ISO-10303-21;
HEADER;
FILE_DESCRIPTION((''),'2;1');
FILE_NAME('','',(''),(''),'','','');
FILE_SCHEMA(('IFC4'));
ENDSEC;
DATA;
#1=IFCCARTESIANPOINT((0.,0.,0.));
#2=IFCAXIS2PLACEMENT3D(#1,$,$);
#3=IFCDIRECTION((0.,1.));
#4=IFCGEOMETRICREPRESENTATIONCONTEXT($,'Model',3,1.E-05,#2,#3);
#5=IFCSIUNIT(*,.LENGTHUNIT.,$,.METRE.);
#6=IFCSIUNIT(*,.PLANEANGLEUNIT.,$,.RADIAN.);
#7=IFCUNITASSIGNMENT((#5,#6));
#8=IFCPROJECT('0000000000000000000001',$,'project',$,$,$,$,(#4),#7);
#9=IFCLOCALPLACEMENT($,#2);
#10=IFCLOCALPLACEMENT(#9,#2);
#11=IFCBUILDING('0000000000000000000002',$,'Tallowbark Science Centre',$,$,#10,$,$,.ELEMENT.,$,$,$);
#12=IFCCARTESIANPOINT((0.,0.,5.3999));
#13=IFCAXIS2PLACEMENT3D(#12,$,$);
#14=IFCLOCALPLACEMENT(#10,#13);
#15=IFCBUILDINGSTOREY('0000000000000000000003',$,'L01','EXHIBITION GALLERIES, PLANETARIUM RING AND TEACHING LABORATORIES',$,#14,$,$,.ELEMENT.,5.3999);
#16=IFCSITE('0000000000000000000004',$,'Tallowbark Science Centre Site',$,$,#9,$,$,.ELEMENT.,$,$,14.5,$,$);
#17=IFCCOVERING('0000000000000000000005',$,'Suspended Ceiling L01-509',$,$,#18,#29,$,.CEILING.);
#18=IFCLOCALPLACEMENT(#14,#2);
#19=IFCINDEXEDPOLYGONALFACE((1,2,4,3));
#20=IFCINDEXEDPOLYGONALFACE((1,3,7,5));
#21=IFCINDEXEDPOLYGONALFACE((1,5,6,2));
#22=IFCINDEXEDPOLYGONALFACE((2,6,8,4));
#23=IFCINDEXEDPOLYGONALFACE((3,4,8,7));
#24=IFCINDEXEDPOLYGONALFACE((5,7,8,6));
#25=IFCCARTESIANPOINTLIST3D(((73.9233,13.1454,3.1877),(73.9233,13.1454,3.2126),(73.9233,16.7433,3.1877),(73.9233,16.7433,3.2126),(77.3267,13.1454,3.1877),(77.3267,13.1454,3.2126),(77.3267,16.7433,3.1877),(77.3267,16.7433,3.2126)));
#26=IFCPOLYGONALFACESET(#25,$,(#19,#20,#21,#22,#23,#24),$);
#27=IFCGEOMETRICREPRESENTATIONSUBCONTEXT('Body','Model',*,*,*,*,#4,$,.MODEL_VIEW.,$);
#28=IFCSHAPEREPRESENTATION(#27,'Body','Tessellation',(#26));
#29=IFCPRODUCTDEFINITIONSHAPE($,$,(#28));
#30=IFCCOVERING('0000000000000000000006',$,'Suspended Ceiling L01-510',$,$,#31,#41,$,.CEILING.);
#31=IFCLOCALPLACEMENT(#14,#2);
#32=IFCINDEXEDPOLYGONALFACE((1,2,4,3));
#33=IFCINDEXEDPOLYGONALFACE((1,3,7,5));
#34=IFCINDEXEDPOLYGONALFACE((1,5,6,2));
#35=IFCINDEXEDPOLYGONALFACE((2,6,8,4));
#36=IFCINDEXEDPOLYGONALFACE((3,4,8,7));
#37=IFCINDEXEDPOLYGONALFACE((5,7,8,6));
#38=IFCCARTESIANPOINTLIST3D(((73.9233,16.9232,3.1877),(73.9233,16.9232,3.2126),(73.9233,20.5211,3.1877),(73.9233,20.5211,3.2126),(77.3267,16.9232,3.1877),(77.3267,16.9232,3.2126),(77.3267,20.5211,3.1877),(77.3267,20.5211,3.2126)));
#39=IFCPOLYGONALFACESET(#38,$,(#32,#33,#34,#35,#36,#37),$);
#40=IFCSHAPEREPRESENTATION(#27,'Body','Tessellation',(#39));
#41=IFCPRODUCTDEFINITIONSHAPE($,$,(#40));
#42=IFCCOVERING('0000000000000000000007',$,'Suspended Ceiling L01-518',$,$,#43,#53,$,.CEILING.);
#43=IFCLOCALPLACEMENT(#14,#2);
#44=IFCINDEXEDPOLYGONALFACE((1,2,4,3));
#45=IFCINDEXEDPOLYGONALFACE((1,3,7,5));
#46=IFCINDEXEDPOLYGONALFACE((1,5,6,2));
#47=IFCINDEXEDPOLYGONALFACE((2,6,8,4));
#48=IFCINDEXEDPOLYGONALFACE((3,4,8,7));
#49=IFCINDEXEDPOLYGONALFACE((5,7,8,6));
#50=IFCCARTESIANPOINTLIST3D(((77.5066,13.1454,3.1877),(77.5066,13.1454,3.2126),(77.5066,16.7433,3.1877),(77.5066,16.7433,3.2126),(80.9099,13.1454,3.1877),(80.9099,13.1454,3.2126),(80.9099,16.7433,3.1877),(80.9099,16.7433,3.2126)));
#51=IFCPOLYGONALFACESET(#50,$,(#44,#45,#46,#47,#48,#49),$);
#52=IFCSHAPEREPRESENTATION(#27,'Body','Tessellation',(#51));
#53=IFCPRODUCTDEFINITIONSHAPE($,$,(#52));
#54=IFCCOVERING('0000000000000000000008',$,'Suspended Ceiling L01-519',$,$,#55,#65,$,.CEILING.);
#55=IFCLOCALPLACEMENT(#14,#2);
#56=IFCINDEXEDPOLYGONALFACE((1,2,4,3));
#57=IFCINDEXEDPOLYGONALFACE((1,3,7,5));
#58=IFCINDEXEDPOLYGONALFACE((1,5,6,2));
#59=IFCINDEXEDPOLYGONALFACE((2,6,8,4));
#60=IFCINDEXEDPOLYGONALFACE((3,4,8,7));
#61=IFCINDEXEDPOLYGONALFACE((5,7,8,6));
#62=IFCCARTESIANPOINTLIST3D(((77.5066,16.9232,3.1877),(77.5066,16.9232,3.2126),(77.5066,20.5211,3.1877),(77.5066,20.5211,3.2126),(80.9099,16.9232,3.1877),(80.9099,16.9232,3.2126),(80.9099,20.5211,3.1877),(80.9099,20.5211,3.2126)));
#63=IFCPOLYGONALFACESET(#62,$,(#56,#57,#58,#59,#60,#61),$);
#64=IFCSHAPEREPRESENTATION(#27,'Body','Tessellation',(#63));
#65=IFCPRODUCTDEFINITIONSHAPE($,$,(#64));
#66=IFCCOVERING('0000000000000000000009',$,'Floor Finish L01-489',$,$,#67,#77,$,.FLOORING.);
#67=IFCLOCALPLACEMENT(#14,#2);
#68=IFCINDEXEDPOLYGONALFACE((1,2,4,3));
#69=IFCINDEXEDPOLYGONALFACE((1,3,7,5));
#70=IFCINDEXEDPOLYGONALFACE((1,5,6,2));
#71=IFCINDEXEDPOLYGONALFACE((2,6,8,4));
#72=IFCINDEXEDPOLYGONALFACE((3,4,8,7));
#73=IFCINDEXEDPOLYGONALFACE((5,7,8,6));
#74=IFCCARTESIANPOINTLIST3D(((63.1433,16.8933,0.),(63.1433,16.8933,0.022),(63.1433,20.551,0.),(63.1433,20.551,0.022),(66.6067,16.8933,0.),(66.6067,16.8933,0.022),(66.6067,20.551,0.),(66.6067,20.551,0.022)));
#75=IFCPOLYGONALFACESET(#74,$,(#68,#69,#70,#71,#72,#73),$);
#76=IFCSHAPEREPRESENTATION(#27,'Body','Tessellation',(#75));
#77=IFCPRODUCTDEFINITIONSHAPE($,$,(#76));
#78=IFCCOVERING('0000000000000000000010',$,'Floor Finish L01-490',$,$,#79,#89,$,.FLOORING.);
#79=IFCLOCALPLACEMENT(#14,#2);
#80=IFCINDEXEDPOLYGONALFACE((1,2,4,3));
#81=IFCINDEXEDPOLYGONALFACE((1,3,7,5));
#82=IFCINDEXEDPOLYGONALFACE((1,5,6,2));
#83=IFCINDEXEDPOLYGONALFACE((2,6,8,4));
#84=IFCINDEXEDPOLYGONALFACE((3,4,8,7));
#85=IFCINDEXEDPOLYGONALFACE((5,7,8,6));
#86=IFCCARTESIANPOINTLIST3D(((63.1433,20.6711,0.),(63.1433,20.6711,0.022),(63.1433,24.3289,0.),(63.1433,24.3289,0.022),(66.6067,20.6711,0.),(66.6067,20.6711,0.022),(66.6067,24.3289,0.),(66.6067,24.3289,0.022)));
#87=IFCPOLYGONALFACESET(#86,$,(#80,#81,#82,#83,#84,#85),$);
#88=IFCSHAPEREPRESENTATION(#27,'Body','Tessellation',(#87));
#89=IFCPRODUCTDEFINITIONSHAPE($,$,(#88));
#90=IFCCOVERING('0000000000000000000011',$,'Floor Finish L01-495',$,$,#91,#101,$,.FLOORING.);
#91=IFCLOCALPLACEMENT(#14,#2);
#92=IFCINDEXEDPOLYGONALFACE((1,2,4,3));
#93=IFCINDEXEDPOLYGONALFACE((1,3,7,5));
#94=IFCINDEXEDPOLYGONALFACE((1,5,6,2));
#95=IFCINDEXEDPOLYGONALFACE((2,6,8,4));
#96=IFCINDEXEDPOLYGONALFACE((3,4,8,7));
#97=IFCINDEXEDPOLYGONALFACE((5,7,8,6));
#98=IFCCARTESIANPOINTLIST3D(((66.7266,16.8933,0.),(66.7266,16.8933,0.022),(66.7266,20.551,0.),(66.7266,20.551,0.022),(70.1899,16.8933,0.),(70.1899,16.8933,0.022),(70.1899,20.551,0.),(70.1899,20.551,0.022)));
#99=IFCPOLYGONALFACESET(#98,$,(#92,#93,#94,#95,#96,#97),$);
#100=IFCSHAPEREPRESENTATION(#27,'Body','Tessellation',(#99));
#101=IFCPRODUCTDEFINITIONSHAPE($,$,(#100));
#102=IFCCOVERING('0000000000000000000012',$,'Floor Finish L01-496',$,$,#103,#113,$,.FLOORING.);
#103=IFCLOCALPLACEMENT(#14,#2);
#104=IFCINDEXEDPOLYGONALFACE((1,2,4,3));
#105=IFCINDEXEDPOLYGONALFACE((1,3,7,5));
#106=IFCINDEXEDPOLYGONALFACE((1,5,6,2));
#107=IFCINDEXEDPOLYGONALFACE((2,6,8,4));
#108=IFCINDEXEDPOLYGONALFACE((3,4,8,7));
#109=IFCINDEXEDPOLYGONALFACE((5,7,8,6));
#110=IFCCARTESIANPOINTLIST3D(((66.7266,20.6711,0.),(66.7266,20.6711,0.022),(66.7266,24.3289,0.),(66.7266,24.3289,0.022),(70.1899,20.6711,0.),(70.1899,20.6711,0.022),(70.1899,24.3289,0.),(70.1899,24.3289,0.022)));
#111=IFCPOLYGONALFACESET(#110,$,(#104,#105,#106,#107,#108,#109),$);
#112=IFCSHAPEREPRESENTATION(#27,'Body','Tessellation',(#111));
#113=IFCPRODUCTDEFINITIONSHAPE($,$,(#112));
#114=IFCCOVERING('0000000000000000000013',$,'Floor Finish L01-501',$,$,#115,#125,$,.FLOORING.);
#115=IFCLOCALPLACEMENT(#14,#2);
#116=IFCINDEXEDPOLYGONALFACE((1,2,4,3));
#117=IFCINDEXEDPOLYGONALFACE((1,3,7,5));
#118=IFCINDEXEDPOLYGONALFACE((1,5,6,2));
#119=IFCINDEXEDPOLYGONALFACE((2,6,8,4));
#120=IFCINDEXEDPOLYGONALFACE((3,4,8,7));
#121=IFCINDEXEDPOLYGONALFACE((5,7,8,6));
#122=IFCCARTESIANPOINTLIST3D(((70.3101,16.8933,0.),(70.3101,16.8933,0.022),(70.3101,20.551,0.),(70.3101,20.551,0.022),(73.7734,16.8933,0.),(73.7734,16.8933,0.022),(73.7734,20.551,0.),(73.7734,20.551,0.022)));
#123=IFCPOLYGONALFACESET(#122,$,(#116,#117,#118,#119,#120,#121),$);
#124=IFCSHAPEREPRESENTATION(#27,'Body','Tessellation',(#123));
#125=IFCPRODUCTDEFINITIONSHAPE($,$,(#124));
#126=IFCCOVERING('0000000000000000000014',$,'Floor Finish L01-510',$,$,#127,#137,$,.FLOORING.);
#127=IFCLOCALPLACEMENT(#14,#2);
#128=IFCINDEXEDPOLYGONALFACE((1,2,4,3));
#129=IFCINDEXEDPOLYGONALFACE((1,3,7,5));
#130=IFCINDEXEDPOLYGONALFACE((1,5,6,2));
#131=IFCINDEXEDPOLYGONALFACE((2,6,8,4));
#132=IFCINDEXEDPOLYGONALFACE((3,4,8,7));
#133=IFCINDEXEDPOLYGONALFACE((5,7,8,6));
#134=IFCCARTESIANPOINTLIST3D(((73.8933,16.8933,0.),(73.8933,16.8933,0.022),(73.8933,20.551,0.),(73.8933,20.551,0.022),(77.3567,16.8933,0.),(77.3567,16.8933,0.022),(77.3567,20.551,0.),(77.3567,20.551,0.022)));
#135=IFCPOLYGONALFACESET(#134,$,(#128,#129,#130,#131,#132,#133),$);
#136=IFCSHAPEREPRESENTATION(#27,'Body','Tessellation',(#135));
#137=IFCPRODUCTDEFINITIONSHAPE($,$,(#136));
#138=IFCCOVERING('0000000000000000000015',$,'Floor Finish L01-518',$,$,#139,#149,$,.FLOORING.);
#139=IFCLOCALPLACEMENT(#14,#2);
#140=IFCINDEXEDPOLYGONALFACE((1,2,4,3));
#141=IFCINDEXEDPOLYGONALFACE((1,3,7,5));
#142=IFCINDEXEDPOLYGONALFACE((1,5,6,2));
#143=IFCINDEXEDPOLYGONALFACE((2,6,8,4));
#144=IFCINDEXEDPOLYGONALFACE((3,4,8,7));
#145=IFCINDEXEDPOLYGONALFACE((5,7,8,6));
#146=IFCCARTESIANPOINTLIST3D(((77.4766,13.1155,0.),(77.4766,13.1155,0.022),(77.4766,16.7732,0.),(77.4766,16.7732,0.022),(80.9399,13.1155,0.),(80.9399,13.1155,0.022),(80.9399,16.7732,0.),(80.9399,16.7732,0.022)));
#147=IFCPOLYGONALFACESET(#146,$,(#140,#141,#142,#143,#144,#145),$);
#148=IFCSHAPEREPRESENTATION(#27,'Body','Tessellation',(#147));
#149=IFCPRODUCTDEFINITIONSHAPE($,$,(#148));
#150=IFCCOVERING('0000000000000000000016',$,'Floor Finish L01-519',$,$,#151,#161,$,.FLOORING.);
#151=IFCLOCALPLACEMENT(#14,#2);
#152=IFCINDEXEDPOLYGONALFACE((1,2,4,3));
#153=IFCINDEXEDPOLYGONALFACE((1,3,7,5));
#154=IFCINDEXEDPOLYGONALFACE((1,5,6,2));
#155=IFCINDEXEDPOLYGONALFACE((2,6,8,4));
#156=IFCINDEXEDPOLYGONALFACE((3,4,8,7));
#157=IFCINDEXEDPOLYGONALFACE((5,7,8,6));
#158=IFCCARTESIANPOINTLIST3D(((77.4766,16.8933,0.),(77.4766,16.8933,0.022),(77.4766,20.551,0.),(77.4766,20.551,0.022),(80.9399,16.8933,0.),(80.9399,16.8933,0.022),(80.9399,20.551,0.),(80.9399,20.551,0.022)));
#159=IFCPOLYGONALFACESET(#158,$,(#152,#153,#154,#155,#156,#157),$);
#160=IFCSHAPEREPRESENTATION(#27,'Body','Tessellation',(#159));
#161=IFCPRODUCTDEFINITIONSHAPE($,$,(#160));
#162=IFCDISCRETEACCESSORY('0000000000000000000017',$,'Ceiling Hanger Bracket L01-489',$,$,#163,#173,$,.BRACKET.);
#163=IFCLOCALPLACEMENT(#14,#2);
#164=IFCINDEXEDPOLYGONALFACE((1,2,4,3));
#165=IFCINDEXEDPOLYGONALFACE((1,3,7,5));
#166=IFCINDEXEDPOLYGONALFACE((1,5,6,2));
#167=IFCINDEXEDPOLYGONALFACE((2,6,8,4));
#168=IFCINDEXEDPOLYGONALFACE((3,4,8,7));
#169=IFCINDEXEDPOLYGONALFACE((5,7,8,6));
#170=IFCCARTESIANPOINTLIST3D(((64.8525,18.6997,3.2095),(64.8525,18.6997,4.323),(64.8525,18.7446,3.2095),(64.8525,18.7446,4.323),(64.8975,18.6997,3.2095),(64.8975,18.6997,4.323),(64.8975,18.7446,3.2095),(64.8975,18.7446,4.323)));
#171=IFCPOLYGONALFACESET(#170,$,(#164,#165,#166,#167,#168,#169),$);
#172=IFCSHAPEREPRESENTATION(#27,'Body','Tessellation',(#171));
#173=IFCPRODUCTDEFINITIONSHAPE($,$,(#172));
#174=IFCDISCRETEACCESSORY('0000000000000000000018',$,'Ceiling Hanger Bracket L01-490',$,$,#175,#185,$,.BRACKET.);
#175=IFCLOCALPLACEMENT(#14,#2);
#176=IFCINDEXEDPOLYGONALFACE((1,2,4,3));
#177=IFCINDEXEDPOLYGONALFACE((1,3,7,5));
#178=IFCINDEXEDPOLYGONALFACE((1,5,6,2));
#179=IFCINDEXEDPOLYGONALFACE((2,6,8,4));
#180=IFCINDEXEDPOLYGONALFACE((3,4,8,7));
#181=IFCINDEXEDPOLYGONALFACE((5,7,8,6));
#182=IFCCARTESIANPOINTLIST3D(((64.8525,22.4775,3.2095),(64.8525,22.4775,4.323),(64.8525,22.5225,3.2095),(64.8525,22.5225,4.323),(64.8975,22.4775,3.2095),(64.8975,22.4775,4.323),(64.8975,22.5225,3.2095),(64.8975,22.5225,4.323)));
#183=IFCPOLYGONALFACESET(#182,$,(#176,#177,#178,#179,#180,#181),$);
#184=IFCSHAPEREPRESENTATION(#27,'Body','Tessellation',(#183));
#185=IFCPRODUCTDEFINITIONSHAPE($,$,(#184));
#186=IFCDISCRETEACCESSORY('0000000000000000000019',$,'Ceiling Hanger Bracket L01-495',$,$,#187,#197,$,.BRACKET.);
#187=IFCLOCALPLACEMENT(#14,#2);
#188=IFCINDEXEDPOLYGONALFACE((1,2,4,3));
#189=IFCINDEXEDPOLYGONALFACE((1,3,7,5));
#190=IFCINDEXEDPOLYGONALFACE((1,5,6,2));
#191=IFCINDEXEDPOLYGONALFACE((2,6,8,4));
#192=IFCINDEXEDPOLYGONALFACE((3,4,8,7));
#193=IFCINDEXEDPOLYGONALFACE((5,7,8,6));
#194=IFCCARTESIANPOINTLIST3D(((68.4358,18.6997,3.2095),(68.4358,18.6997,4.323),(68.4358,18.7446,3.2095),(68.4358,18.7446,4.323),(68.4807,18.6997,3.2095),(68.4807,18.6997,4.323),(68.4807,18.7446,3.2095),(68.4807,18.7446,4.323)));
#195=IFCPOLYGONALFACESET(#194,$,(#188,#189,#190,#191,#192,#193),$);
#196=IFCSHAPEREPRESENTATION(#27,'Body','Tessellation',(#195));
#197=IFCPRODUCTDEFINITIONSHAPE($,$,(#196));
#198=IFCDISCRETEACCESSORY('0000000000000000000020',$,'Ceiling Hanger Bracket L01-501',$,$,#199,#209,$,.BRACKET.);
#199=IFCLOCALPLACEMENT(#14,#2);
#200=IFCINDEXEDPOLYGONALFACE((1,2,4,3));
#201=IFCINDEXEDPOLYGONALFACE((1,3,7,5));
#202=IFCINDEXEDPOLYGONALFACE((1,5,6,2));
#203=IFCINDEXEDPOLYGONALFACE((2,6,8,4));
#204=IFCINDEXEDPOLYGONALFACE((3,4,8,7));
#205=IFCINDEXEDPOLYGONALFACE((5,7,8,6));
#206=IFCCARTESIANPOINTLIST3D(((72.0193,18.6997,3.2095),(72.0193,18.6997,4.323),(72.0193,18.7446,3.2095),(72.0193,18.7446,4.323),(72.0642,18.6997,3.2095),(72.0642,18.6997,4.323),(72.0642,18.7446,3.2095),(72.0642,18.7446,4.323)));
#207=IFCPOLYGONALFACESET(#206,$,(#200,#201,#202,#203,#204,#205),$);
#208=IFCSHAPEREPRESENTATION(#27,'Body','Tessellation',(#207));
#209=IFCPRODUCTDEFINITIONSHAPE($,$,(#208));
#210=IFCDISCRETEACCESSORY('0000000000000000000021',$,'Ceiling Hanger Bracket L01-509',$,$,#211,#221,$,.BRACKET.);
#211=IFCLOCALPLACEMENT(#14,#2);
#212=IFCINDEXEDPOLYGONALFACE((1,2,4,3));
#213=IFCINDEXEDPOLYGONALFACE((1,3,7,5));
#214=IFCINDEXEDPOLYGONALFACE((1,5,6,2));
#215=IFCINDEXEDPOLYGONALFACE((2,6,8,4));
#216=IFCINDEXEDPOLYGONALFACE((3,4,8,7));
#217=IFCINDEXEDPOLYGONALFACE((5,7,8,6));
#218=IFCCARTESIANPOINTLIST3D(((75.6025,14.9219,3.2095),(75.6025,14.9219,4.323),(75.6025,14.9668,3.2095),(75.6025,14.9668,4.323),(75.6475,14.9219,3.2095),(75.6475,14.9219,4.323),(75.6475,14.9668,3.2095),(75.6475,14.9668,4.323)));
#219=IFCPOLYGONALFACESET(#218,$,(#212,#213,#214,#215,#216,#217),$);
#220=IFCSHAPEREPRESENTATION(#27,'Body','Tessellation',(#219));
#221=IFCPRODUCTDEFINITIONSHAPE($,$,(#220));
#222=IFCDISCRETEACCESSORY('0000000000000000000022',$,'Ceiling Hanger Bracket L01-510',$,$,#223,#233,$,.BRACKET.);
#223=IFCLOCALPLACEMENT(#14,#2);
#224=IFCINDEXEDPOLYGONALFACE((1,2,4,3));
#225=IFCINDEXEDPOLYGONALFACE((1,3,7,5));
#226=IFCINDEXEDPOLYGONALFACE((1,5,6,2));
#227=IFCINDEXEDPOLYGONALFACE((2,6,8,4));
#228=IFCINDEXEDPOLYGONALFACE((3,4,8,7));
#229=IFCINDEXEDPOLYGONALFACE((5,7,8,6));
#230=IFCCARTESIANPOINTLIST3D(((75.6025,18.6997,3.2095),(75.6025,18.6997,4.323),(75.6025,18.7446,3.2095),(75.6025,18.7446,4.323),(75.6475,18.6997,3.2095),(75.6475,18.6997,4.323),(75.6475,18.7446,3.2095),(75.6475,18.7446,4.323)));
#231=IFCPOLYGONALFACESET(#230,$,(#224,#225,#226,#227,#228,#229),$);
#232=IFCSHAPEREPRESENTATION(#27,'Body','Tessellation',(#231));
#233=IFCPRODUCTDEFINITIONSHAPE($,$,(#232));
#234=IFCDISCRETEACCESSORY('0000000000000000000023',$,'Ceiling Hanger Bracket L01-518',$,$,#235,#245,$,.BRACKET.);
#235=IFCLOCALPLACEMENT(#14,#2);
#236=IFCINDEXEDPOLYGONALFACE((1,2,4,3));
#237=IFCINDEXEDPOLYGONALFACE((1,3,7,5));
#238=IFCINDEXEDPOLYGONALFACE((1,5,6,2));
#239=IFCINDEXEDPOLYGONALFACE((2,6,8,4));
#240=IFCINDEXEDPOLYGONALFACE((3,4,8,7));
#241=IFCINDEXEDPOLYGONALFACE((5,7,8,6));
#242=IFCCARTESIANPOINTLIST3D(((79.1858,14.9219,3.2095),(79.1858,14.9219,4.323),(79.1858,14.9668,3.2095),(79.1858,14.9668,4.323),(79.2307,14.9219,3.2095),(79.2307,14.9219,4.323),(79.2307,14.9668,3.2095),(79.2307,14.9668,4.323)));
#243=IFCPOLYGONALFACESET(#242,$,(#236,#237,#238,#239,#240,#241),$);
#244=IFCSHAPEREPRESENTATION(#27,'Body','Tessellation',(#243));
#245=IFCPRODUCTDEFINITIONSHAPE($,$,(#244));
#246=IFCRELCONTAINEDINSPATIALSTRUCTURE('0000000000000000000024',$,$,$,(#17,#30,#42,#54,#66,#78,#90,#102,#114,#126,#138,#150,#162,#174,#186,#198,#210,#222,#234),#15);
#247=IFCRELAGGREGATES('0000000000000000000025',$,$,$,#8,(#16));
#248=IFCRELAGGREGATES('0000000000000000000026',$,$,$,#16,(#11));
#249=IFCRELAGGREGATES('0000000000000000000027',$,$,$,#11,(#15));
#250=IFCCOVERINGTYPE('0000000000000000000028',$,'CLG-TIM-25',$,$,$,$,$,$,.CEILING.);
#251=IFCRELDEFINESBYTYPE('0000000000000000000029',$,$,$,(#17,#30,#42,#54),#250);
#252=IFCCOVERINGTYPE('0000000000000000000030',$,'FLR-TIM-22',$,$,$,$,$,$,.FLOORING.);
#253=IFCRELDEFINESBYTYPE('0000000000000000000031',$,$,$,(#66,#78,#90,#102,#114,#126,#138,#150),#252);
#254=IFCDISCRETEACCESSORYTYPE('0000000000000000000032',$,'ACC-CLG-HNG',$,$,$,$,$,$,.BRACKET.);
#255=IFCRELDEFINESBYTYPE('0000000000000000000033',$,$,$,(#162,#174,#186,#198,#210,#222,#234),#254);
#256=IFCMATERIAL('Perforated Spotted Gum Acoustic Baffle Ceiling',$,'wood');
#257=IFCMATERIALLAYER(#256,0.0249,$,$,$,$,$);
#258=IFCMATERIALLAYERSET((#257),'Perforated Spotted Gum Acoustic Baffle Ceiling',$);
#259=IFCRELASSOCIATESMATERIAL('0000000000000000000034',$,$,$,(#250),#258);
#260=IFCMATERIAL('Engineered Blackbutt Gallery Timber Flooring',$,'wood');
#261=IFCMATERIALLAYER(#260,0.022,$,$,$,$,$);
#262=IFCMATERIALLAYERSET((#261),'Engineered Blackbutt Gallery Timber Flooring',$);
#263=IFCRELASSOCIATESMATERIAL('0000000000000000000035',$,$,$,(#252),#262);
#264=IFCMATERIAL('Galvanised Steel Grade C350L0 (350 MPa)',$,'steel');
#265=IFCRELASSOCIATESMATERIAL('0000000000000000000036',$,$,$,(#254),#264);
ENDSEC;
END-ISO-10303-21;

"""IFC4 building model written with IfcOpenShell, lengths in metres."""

from ifc_helpers import new_model, si_unit, direction, frame, origin, origin_2d, place, context, subcontext, project, spatial, rectangle, extrude, material, layer, layer_set, type_object, element, save


model = new_model("IFC4")

# Units and contexts
model_context = context("Model", 3, precision=1e-05, world=origin(), true_north=direction((0.0, 1.0)))
body_context = subcontext(model_context, "Body", "Model", "MODEL_VIEW")
ifc_project = project(units=[si_unit("LENGTHUNIT", "METRE"), si_unit("PLANEANGLEUNIT", "RADIAN")], contexts=[model_context])

# Site, building, storey
site_placement = place(None, origin())
site = spatial("IfcSite", under=ifc_project, at=site_placement, Name="Tallowbark Science Centre Site", CompositionType="ELEMENT", RefElevation=14.5)
building_placement = place(site_placement, origin())
building = spatial("IfcBuilding", under=site, at=building_placement, Name="Tallowbark Science Centre", CompositionType="ELEMENT")
storey_placement = place(building_placement, frame((0.0, 0.0, 5.3999)))
storey = spatial("IfcBuildingStorey", under=building, at=storey_placement, Name="L01", Description="EXHIBITION GALLERIES, PLANETARIUM RING AND TEACHING LABORATORIES", CompositionType="ELEMENT", Elevation=5.3999)

# Coverings
ifc_material_1 = material(Name="Perforated Spotted Gum Acoustic Baffle Ceiling", Category="wood")
ifc_layer_1 = layer(ifc_material_1, 0.0249)
ifc_layer_set_1 = layer_set([ifc_layer_1], Name="Perforated Spotted Gum Acoustic Baffle Ceiling")
covering_type_1 = type_object("IfcCoveringType", Name="CLG-TIM-25", PredefinedType="CEILING", material=ifc_layer_set_1)
for number, where, z_axis, x_axis, name in (
    (1, (75.625, 14.9443, 3.1877), (0.0, 0.0, 1.0), (1.0, 0.0, 0.0), "Suspended Ceiling L01-509"),
    (2, (75.625, 18.7222, 3.1877), (0.0, 0.0, 1.0), (1.0, 0.0, 0.0), "Suspended Ceiling L01-510"),
    (3, (79.2083, 14.9443, 3.1877), (0.0, 0.0, 1.0), (1.0, 0.0, 0.0), "Suspended Ceiling L01-518"),
    (4, (79.2083, 18.7222, 3.1877), (0.0, 0.0, 1.0), (1.0, 0.0, 0.0), "Suspended Ceiling L01-519"),
):
    element("IfcCovering", number, at=place(storey_placement, frame(where, z_axis=z_axis, x_axis=x_axis)), inside=storey, type_object=covering_type_1, Name=name, PredefinedType="CEILING", context=body_context, shape_type="SweptSolid", body=[
        extrude(rectangle(XDim=3.4033, YDim=3.5979, at=origin_2d()), origin(), (0.0, 0.0, 1.0), 0.0249),
    ])
ifc_material_2 = material(Name="Engineered Blackbutt Gallery Timber Flooring", Category="wood")
ifc_layer_2 = layer(ifc_material_2, 0.022)
ifc_layer_set_2 = layer_set([ifc_layer_2], Name="Engineered Blackbutt Gallery Timber Flooring")
covering_type_2 = type_object("IfcCoveringType", Name="FLR-TIM-22", PredefinedType="FLOORING", material=ifc_layer_set_2)
for number, where, z_axis, x_axis, name in (
    (5, (64.875, 18.7222, 0.0), (0.0, 0.0, 1.0), (1.0, 0.0, 0.0), "Floor Finish L01-489"),
    (6, (64.875, 22.5, 0.0), (0.0, 0.0, 1.0), (1.0, 0.0, 0.0), "Floor Finish L01-490"),
    (7, (68.4583, 18.7222, 0.0), (0.0, 0.0, 1.0), (1.0, 0.0, 0.0), "Floor Finish L01-495"),
    (8, (68.4583, 22.5, 0.0), (0.0, 0.0, 1.0), (1.0, 0.0, 0.0), "Floor Finish L01-496"),
    (9, (72.0417, 18.7222, 0.0), (0.0, 0.0, 1.0), (1.0, 0.0, 0.0), "Floor Finish L01-501"),
    (10, (75.625, 18.7222, 0.0), (0.0, 0.0, 1.0), (1.0, 0.0, 0.0), "Floor Finish L01-510"),
    (11, (79.2083, 14.9443, 0.0), (0.0, 0.0, 1.0), (1.0, 0.0, 0.0), "Floor Finish L01-518"),
    (12, (79.2083, 18.7222, 0.0), (0.0, 0.0, 1.0), (1.0, 0.0, 0.0), "Floor Finish L01-519"),
):
    element("IfcCovering", number, at=place(storey_placement, frame(where, z_axis=z_axis, x_axis=x_axis)), inside=storey, type_object=covering_type_2, Name=name, PredefinedType="FLOORING", context=body_context, shape_type="SweptSolid", body=[
        extrude(rectangle(XDim=3.4634, YDim=3.6577, at=origin_2d()), origin(), (0.0, 0.0, 1.0), 0.022),
    ])

# Discrete accessories
ifc_material_3 = material(Name="Galvanised Steel Grade C350L0 (350 MPa)", Category="steel")
discrete_accessory_type = type_object("IfcDiscreteAccessoryType", Name="ACC-CLG-HNG", PredefinedType="BRACKET", material=ifc_material_3)
for number, where, z_axis, x_axis, name in (
    (13, (64.875, 18.7222, 3.2095), (0.0, 0.0, 1.0), (1.0, 0.0, 0.0), "Ceiling Hanger Bracket L01-489"),
    (14, (64.875, 22.5, 3.2095), (0.0, 0.0, 1.0), (1.0, 0.0, 0.0), "Ceiling Hanger Bracket L01-490"),
    (15, (68.4583, 18.7222, 3.2095), (0.0, 0.0, 1.0), (1.0, 0.0, 0.0), "Ceiling Hanger Bracket L01-495"),
    (16, (72.0417, 18.7222, 3.2095), (0.0, 0.0, 1.0), (1.0, 0.0, 0.0), "Ceiling Hanger Bracket L01-501"),
    (17, (75.625, 14.9443, 3.2095), (0.0, 0.0, 1.0), (1.0, 0.0, 0.0), "Ceiling Hanger Bracket L01-509"),
    (18, (75.625, 18.7222, 3.2095), (0.0, 0.0, 1.0), (1.0, 0.0, 0.0), "Ceiling Hanger Bracket L01-510"),
    (19, (79.2083, 14.9443, 3.2095), (0.0, 0.0, 1.0), (1.0, 0.0, 0.0), "Ceiling Hanger Bracket L01-518"),
):
    element("IfcDiscreteAccessory", number, at=place(storey_placement, frame(where, z_axis=z_axis, x_axis=x_axis)), inside=storey, type_object=discrete_accessory_type, Name=name, PredefinedType="BRACKET", context=body_context, shape_type="SweptSolid", body=[
        extrude(rectangle(XDim=0.0449, YDim=0.0449, at=origin_2d()), origin(), (0.0, 0.0, 1.0), 1.1135),
    ])

save(model, "model.ifc")
